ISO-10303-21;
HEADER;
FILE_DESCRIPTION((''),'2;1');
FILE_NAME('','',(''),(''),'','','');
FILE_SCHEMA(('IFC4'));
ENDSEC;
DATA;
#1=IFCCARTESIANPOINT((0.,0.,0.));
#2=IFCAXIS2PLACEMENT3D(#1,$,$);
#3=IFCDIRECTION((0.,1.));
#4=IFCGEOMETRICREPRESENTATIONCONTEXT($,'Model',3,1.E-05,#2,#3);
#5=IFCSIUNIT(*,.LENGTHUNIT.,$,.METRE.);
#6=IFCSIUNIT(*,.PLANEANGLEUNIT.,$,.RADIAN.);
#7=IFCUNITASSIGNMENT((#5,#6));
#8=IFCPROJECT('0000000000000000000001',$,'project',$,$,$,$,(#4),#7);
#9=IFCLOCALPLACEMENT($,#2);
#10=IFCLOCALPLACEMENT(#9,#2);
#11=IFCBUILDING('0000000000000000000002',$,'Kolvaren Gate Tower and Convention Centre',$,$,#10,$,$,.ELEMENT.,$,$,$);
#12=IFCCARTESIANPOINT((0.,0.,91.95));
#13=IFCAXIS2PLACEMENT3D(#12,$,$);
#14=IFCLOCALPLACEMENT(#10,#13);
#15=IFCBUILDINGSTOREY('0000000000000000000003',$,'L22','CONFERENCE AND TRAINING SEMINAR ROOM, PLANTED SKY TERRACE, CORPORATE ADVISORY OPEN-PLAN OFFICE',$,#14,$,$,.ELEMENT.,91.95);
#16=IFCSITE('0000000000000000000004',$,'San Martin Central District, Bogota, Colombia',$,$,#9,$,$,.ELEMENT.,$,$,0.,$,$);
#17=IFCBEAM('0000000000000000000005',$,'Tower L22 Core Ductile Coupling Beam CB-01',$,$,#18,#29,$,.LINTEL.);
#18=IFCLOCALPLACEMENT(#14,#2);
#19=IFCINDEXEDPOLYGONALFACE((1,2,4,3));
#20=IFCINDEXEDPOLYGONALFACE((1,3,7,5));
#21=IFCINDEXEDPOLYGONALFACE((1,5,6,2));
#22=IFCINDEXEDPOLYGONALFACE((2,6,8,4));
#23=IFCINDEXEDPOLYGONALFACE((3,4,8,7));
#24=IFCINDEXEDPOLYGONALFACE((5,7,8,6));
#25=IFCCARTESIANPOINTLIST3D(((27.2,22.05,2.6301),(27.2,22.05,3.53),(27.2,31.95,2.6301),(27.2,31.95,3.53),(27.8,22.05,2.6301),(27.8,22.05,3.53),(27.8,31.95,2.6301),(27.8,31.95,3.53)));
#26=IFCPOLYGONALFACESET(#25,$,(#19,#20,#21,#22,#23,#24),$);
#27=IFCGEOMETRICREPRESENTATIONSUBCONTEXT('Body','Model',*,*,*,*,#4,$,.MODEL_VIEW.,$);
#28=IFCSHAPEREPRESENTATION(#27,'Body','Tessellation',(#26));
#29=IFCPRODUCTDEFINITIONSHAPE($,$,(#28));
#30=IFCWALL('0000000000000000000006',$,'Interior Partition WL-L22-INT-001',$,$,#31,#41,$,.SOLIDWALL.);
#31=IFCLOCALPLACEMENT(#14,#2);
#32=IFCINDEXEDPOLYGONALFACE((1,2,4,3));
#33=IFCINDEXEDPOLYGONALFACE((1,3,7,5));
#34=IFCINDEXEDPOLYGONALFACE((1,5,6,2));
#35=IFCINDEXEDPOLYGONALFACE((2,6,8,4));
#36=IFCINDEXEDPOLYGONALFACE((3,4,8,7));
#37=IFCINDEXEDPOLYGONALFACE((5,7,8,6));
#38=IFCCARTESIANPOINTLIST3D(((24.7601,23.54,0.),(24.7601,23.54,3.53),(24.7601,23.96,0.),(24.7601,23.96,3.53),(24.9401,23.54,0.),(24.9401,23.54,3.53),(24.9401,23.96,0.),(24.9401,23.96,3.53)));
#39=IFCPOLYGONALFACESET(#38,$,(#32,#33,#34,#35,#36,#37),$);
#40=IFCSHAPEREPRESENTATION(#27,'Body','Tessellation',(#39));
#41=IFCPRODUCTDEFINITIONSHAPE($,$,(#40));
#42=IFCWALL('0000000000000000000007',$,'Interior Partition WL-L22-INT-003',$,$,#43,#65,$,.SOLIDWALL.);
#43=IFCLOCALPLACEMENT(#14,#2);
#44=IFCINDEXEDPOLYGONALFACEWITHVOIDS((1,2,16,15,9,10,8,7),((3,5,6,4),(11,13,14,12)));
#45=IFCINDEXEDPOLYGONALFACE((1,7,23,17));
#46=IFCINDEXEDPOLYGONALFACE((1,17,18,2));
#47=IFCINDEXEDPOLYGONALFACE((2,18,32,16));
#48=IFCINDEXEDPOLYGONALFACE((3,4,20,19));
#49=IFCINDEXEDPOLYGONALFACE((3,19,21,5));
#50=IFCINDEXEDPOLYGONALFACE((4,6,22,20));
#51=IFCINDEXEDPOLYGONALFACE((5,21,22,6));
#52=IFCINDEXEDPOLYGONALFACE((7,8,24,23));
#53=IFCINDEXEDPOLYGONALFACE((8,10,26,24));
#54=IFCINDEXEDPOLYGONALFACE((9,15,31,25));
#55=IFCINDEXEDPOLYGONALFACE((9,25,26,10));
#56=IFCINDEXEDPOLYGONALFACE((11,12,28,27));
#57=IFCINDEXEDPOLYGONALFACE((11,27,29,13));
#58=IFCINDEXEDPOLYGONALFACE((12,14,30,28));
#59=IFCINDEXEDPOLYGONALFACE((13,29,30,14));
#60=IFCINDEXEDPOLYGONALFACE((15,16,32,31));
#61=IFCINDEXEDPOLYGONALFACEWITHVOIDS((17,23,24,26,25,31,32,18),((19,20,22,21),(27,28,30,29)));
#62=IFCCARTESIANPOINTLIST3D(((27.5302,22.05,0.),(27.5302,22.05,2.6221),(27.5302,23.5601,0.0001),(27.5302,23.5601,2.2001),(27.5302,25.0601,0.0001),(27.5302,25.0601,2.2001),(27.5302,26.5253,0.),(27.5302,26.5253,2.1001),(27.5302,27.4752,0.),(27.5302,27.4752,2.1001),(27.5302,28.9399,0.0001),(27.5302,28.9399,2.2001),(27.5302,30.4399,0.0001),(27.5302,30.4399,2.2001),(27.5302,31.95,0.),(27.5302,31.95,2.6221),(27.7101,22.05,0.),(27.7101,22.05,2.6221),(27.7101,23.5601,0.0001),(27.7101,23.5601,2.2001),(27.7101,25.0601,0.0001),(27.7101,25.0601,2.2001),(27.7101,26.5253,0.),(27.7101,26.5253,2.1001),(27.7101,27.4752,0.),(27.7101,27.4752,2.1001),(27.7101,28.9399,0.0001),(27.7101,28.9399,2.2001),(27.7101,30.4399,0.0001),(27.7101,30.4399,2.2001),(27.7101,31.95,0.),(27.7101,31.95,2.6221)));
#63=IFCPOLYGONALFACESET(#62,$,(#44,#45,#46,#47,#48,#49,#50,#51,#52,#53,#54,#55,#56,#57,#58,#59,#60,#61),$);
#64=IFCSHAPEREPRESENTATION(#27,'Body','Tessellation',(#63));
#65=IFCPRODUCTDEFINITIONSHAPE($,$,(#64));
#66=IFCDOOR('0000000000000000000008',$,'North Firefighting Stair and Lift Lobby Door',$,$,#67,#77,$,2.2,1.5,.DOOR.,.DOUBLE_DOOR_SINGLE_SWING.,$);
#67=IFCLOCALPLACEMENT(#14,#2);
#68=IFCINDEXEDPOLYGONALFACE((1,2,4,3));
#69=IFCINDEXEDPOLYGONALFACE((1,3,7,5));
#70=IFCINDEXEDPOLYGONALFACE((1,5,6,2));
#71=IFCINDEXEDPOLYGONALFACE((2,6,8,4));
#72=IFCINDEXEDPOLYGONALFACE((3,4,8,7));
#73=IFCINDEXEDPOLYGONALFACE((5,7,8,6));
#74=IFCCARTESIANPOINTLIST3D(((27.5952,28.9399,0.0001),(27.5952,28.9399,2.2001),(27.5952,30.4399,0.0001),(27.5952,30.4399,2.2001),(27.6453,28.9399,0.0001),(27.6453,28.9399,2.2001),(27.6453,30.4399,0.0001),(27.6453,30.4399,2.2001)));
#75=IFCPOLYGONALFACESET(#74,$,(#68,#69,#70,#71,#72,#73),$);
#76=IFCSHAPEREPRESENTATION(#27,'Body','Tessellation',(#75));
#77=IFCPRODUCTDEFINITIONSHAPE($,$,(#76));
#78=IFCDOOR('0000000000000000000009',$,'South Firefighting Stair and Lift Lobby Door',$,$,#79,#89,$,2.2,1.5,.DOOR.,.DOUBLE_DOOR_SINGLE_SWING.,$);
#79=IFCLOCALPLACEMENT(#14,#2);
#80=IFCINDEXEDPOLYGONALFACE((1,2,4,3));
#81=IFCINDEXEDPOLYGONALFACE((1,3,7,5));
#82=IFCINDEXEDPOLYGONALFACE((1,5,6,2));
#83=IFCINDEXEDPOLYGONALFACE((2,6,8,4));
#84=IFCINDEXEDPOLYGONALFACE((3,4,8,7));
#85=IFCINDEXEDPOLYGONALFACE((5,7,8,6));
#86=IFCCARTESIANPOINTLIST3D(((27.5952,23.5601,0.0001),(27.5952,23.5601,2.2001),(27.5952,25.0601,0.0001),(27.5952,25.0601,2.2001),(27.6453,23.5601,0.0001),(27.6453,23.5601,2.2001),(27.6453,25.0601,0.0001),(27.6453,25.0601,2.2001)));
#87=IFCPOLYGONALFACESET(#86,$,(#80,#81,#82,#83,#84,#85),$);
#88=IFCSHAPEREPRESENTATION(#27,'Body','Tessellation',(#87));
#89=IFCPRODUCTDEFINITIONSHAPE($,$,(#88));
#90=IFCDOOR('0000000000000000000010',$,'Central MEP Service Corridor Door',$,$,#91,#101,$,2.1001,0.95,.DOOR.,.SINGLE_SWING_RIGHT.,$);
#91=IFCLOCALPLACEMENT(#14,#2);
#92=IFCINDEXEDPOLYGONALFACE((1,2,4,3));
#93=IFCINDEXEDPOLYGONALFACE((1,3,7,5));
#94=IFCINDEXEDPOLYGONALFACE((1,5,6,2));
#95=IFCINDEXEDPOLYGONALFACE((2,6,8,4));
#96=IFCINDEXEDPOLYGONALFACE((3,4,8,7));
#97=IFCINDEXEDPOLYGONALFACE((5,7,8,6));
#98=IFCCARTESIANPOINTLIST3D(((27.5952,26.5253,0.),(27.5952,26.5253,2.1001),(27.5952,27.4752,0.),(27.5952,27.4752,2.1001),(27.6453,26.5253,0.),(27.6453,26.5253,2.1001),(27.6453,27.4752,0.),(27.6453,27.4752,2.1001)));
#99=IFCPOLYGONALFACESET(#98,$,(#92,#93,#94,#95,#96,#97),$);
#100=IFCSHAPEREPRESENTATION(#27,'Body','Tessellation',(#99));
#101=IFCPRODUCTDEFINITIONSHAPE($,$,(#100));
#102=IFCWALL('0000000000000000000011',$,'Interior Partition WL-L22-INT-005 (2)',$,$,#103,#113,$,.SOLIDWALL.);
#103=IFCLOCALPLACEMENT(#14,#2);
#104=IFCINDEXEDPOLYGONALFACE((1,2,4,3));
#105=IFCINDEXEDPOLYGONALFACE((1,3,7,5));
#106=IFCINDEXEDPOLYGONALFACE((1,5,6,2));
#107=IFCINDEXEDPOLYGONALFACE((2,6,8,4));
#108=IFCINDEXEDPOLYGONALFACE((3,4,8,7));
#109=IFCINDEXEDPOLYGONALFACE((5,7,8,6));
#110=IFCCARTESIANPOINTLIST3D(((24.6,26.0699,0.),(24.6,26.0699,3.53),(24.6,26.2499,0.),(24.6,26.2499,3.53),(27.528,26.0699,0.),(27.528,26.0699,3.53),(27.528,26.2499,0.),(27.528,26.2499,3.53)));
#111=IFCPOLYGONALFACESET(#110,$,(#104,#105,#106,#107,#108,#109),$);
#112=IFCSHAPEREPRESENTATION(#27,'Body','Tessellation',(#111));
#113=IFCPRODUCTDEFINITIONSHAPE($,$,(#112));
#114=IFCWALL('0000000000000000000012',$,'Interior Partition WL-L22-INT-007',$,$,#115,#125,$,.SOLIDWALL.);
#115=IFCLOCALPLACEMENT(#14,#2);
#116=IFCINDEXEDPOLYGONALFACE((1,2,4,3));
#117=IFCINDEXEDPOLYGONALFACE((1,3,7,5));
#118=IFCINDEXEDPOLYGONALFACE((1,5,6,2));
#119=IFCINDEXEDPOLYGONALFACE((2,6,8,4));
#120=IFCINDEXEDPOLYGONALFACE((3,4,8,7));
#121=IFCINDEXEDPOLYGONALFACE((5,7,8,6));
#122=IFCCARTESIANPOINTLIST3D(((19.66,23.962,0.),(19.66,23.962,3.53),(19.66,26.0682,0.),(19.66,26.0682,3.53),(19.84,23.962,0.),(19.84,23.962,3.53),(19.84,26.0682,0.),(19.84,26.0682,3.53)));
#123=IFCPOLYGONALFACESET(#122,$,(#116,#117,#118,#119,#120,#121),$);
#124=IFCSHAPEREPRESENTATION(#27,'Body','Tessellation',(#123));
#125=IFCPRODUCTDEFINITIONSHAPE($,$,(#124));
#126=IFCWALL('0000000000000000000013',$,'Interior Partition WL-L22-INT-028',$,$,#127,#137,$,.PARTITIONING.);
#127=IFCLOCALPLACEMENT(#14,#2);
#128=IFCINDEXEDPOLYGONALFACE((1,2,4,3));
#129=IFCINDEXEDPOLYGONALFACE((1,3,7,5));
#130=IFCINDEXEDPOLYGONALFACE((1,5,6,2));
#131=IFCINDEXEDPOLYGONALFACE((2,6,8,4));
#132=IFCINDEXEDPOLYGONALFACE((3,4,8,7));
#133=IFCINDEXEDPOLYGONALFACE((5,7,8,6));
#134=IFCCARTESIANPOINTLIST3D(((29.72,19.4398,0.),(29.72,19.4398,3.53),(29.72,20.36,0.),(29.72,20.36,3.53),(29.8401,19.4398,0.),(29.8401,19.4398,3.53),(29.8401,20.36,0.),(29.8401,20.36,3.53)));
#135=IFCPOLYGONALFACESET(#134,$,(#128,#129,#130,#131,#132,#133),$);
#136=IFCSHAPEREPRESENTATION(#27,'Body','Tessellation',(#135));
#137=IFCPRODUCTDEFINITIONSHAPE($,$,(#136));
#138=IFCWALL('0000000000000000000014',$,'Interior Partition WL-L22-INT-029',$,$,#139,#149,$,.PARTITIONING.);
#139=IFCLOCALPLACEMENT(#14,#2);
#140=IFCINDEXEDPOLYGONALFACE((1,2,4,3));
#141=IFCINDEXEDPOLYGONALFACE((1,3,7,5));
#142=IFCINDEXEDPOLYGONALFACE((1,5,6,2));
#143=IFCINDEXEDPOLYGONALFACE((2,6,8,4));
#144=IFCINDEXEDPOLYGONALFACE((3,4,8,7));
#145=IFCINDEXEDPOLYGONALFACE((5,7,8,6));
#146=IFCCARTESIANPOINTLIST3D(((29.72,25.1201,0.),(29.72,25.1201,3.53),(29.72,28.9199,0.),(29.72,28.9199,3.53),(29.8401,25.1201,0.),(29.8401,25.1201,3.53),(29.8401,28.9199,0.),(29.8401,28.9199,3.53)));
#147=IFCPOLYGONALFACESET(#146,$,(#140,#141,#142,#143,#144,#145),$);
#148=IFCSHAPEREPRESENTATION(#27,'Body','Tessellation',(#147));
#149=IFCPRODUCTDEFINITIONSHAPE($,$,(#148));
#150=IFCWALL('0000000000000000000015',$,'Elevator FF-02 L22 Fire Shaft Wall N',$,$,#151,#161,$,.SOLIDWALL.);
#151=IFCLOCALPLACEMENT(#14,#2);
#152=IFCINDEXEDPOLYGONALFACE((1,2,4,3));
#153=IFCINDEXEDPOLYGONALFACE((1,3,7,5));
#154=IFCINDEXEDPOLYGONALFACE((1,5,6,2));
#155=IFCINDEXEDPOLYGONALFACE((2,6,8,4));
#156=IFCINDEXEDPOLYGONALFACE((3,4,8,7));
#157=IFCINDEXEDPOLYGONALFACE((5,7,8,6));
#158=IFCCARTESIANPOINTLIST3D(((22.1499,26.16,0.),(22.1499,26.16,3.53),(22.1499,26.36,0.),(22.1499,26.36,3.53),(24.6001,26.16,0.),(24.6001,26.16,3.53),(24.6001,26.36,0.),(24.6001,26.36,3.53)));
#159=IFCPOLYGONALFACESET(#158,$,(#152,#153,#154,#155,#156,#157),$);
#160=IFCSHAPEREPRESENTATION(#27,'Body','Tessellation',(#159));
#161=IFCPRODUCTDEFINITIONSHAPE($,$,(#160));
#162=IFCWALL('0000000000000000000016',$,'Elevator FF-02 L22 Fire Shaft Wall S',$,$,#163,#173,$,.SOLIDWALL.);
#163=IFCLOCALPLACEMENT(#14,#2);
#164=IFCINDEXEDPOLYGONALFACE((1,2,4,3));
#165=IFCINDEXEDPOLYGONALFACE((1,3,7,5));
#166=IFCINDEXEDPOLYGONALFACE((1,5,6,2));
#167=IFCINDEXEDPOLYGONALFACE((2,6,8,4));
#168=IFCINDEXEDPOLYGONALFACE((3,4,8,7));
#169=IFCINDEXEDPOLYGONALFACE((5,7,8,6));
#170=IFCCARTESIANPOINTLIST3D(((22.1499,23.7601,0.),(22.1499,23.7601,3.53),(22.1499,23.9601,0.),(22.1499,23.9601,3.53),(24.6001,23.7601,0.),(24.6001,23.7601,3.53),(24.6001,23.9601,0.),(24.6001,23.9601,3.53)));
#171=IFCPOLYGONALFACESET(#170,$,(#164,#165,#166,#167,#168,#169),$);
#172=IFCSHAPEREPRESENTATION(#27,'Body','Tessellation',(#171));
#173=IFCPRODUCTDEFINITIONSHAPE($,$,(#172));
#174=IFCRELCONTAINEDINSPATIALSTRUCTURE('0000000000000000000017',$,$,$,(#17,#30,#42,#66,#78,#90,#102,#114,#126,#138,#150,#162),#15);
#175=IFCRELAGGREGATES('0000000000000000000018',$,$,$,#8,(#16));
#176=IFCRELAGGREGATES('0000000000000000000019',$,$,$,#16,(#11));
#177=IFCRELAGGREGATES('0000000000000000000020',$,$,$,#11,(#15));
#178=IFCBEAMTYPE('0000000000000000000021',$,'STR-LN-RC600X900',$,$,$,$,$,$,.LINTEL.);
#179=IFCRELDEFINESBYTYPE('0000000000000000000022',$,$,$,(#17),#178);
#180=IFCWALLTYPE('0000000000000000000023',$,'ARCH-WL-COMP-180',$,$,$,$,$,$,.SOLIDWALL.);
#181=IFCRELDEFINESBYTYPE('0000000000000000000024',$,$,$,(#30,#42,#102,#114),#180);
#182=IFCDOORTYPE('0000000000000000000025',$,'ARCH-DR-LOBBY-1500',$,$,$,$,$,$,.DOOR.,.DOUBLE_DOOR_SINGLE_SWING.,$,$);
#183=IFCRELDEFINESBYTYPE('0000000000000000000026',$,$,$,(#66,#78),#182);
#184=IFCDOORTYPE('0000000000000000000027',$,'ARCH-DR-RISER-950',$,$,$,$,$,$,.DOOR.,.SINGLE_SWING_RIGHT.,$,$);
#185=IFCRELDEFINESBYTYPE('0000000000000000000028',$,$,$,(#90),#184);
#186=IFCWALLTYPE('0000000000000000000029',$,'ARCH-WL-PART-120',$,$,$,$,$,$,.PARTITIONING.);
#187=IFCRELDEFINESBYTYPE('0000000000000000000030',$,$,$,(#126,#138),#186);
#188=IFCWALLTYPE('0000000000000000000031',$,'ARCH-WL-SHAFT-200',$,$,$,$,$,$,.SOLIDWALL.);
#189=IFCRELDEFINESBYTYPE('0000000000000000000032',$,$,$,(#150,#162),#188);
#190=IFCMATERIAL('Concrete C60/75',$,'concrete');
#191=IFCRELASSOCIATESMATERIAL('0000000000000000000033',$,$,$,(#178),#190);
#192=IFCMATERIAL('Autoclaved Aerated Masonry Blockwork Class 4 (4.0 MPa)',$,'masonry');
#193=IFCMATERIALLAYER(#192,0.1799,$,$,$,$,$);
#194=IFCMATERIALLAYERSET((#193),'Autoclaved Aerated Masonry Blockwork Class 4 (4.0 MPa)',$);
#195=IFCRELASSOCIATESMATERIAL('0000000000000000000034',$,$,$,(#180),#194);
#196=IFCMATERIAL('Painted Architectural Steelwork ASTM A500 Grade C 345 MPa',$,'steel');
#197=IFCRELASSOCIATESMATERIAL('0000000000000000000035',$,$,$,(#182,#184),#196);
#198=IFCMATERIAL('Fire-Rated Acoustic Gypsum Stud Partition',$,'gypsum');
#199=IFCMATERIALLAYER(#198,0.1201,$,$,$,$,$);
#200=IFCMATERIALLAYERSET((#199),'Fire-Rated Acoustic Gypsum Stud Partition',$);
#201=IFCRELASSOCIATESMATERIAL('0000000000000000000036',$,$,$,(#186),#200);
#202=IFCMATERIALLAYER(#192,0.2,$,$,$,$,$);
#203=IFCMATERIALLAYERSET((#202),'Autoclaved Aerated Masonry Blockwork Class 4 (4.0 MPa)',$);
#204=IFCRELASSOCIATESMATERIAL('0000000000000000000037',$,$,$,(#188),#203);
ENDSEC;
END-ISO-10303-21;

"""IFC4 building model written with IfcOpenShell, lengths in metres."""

from ifc_helpers import new_model, si_unit, direction, frame, frame_2d, origin, origin_2d, place, context, subcontext, project, spatial, rectangle, extrude, material, layer, layer_set, material_profile, profile_set, type_object, element, fill, save


model = new_model("IFC4")

# Units and contexts
model_context = context("Model", 3, precision=1e-05, world=origin(), true_north=direction((0.0, 1.0)))
body_context = subcontext(model_context, "Body", "Model", "MODEL_VIEW")
ifc_project = project(units=[si_unit("LENGTHUNIT", "METRE"), si_unit("PLANEANGLEUNIT", "RADIAN")], contexts=[model_context])

# Site, building, storey
site_placement = place(None, origin())
site = spatial("IfcSite", under=ifc_project, at=site_placement, Name="San Martin Central District, Bogota, Colombia", CompositionType="ELEMENT", RefElevation=0.0)
building_placement = place(site_placement, origin())
building = spatial("IfcBuilding", under=site, at=building_placement, Name="Kolvaren Gate Tower and Convention Centre", CompositionType="ELEMENT")
storey_placement = place(building_placement, frame((0.0, 0.0, 91.95)))
storey = spatial("IfcBuildingStorey", under=building, at=storey_placement, Name="L22", Description="CONFERENCE AND TRAINING SEMINAR ROOM, PLANTED SKY TERRACE, CORPORATE ADVISORY OPEN-PLAN OFFICE", CompositionType="ELEMENT", Elevation=91.95)

# Beam
ifc_material_1 = material(Name="Concrete C60/75", Category="concrete")
ifc_material_profile = material_profile(ifc_material_1, rectangle(XDim=0.6001, YDim=0.8999, at=origin_2d()), Name="RC-BM-600X900")
ifc_profile_set = profile_set([ifc_material_profile], Name="Concrete C60/75")
beam_type = type_object("IfcBeamType", Name="STR-LN-RC600X900", PredefinedType="LINTEL", material=ifc_profile_set)
beam_placement = place(storey_placement, frame((27.5, 22.05, 3.0801), z_axis=(0.0, 1.0, 0.0), x_axis=(-1.0, 0.0, 0.0)))
element("IfcBeam", 1, at=beam_placement, inside=storey, type_object=beam_type, Name="Tower L22 Core Ductile Coupling Beam CB-01", PredefinedType="LINTEL", context=body_context, shape_type="SweptSolid", body=[
    extrude(rectangle(XDim=0.6001, YDim=0.8999, at=origin_2d()), origin(), (0.0, 0.0, 1.0), 9.8999),
])

# Wall
ifc_material_2 = material(Name="Autoclaved Aerated Masonry Blockwork Class 4 (4.0 MPa)", Category="masonry")
ifc_layer_1 = layer(ifc_material_2, 0.1799)
ifc_layer_set_1 = layer_set([ifc_layer_1], Name="Autoclaved Aerated Masonry Blockwork Class 4 (4.0 MPa)")
wall_type_1 = type_object("IfcWallType", Name="ARCH-WL-COMP-180", PredefinedType="SOLIDWALL", material=ifc_layer_set_1)
wall_1_placement = place(storey_placement, frame((24.8501, 23.54, 0.0), z_axis=(0.0, 0.0, 1.0), x_axis=(0.0, 1.0, 0.0)))
element("IfcWall", 2, at=wall_1_placement, inside=storey, type_object=wall_type_1, Name="Interior Partition WL-L22-INT-001", PredefinedType="SOLIDWALL", context=body_context, shape_type="SweptSolid", body=[
    extrude(rectangle(XDim=0.4199, YDim=0.1799, at=frame_2d((0.21, 0.0))), origin(), (0.0, 0.0, 1.0), 3.53),
])

# Wall, openings, doors
wall_2_placement = place(storey_placement, frame((27.6201, 22.05, 0.0), z_axis=(0.0, 0.0, 1.0), x_axis=(0.0, 1.0, 0.0)))
wall_2 = element("IfcWall", 3, at=wall_2_placement, inside=storey, type_object=wall_type_1, Name="Interior Partition WL-L22-INT-003", PredefinedType="SOLIDWALL", context=body_context, shape_type="SweptSolid", body=[
    extrude(rectangle(XDim=9.8999, YDim=0.1799, at=frame_2d((4.95, 0.0))), origin(), (0.0, 0.0, 1.0), 2.6221),
])
opening_1_placement = place(wall_2_placement, frame((4.4751, 0.0, 0.0)))
opening_1 = element("IfcOpeningElement", 4, at=opening_1_placement, cuts=wall_2, PredefinedType="OPENING", context=body_context, shape_type="SweptSolid", body=[
    extrude(rectangle(XDim=0.95, YDim=2.1001, at=frame_2d((0.4751, 1.05))), frame((0.0, 0.0999, 0.0), z_axis=(0.0, -1.0, 0.0), x_axis=(1.0, 0.0, 0.0)), (0.0, 0.0, 1.0), 0.2),
])
opening_2_placement = place(wall_2_placement, frame((6.8899, 0.0, 0.0)))
opening_2 = element("IfcOpeningElement", 5, at=opening_2_placement, cuts=wall_2, PredefinedType="OPENING", context=body_context, shape_type="SweptSolid", body=[
    extrude(rectangle(XDim=1.5, YDim=2.2, at=frame_2d((0.75, 1.1001))), frame((0.0, 0.0999, 0.0), z_axis=(0.0, -1.0, 0.0), x_axis=(1.0, 0.0, 0.0)), (0.0, 0.0, 1.0), 0.2),
])
opening_3_placement = place(wall_2_placement, frame((1.51, 0.0, 0.0)))
opening_3 = element("IfcOpeningElement", 6, at=opening_3_placement, cuts=wall_2, PredefinedType="OPENING", context=body_context, shape_type="SweptSolid", body=[
    extrude(rectangle(XDim=1.5, YDim=2.2, at=frame_2d((0.75, 1.1001))), frame((0.0, 0.0999, 0.0), z_axis=(0.0, -1.0, 0.0), x_axis=(1.0, 0.0, 0.0)), (0.0, 0.0, 1.0), 0.2),
])
ifc_material_3 = material(Name="Painted Architectural Steelwork ASTM A500 Grade C 345 MPa", Category="steel")
door_type_1 = type_object("IfcDoorType", Name="ARCH-DR-LOBBY-1500", OperationType="DOUBLE_DOOR_SINGLE_SWING", PredefinedType="DOOR", material=ifc_material_3)
door_1_placement = place(opening_2_placement, origin())
door_1 = element("IfcDoor", 7, at=door_1_placement, inside=storey, type_object=door_type_1, Name="North Firefighting Stair and Lift Lobby Door", OperationType="DOUBLE_DOOR_SINGLE_SWING", OverallHeight=2.2, OverallWidth=1.5, PredefinedType="DOOR", context=body_context, shape_type="SweptSolid", body=[
    extrude(rectangle(XDim=1.5, YDim=2.2, at=frame_2d((0.75, 1.1001))), frame((0.0, 0.0249, 0.0), z_axis=(0.0, -1.0, 0.0), x_axis=(1.0, 0.0, 0.0)), (0.0, 0.0, 1.0), 0.05),
])
fill(opening_2, door_1)
door_2_placement = place(opening_3_placement, origin())
door_2 = element("IfcDoor", 8, at=door_2_placement, inside=storey, type_object=door_type_1, Name="South Firefighting Stair and Lift Lobby Door", OperationType="DOUBLE_DOOR_SINGLE_SWING", OverallHeight=2.2, OverallWidth=1.5, PredefinedType="DOOR", context=body_context, shape_type="SweptSolid", body=[
    extrude(rectangle(XDim=1.5, YDim=2.2, at=frame_2d((0.75, 1.1001))), frame((0.0, 0.0249, 0.0), z_axis=(0.0, -1.0, 0.0), x_axis=(1.0, 0.0, 0.0)), (0.0, 0.0, 1.0), 0.05),
])
fill(opening_3, door_2)
door_type_2 = type_object("IfcDoorType", Name="ARCH-DR-RISER-950", OperationType="SINGLE_SWING_RIGHT", PredefinedType="DOOR", material=ifc_material_3)
door_3_placement = place(opening_1_placement, origin())
door_3 = element("IfcDoor", 9, at=door_3_placement, inside=storey, type_object=door_type_2, Name="Central MEP Service Corridor Door", OperationType="SINGLE_SWING_RIGHT", OverallHeight=2.1001, OverallWidth=0.95, PredefinedType="DOOR", context=body_context, shape_type="SweptSolid", body=[
    extrude(rectangle(XDim=0.95, YDim=2.1001, at=frame_2d((0.4751, 1.05))), frame((0.0, 0.0249, 0.0), z_axis=(0.0, -1.0, 0.0), x_axis=(1.0, 0.0, 0.0)), (0.0, 0.0, 1.0), 0.05),
])
fill(opening_1, door_3)

# Walls
wall_3_placement = place(storey_placement, frame((24.6001, 26.1599, 0.0), z_axis=(0.0, 0.0, 1.0), x_axis=(1.0, 0.0, 0.0)))
element("IfcWall", 10, at=wall_3_placement, inside=storey, type_object=wall_type_1, Name="Interior Partition WL-L22-INT-005 (2)", PredefinedType="SOLIDWALL", context=body_context, shape_type="SweptSolid", body=[
    extrude(rectangle(XDim=2.928, YDim=0.1799, at=frame_2d((1.4639, 0.0))), origin(), (0.0, 0.0, 1.0), 3.53),
])
wall_4_placement = place(storey_placement, frame((19.75, 23.9619, 0.0), z_axis=(0.0, 0.0, 1.0), x_axis=(0.0, 1.0, 0.0)))
element("IfcWall", 11, at=wall_4_placement, inside=storey, type_object=wall_type_1, Name="Interior Partition WL-L22-INT-007", PredefinedType="SOLIDWALL", context=body_context, shape_type="SweptSolid", body=[
    extrude(rectangle(XDim=2.1062, YDim=0.1799, at=frame_2d((1.0532, 0.0))), origin(), (0.0, 0.0, 1.0), 3.53),
])
ifc_material_4 = material(Name="Fire-Rated Acoustic Gypsum Stud Partition", Category="gypsum")
ifc_layer_2 = layer(ifc_material_4, 0.1201)
ifc_layer_set_2 = layer_set([ifc_layer_2], Name="Fire-Rated Acoustic Gypsum Stud Partition")
wall_type_2 = type_object("IfcWallType", Name="ARCH-WL-PART-120", PredefinedType="PARTITIONING", material=ifc_layer_set_2)
wall_5_placement = place(storey_placement, frame((29.78, 19.4399, 0.0), z_axis=(0.0, 0.0, 1.0), x_axis=(0.0, 1.0, 0.0)))
element("IfcWall", 12, at=wall_5_placement, inside=storey, type_object=wall_type_2, Name="Interior Partition WL-L22-INT-028", PredefinedType="PARTITIONING", context=body_context, shape_type="SweptSolid", body=[
    extrude(rectangle(XDim=0.9202, YDim=0.1201, at=frame_2d((0.46, 0.0))), origin(), (0.0, 0.0, 1.0), 3.53),
])
wall_6_placement = place(storey_placement, frame((29.78, 25.1201, 0.0), z_axis=(0.0, 0.0, 1.0), x_axis=(0.0, 1.0, 0.0)))
element("IfcWall", 13, at=wall_6_placement, inside=storey, type_object=wall_type_2, Name="Interior Partition WL-L22-INT-029", PredefinedType="PARTITIONING", context=body_context, shape_type="SweptSolid", body=[
    extrude(rectangle(XDim=3.7998, YDim=0.1201, at=frame_2d((1.8999, 0.0))), origin(), (0.0, 0.0, 1.0), 3.53),
])
ifc_layer_3 = layer(ifc_material_2, 0.2)
ifc_layer_set_3 = layer_set([ifc_layer_3], Name="Autoclaved Aerated Masonry Blockwork Class 4 (4.0 MPa)")
wall_type_3 = type_object("IfcWallType", Name="ARCH-WL-SHAFT-200", PredefinedType="SOLIDWALL", material=ifc_layer_set_3)
for number, where, z_axis, x_axis, name in (
    (14, (22.1499, 26.26, 0.0), (0.0, 0.0, 1.0), (1.0, 0.0, 0.0), "Elevator FF-02 L22 Fire Shaft Wall N"),
    (15, (22.1499, 23.8601, 0.0), (0.0, 0.0, 1.0), (1.0, 0.0, 0.0), "Elevator FF-02 L22 Fire Shaft Wall S"),
):
    element("IfcWall", number, at=place(storey_placement, frame(where, z_axis=z_axis, x_axis=x_axis)), inside=storey, type_object=wall_type_3, Name=name, PredefinedType="SOLIDWALL", context=body_context, shape_type="SweptSolid", body=[
        extrude(rectangle(XDim=2.4502, YDim=0.2, at=frame_2d((1.2251, 0.0))), origin(), (0.0, 0.0, 1.0), 3.53),
    ])

save(model, "model.ifc")
